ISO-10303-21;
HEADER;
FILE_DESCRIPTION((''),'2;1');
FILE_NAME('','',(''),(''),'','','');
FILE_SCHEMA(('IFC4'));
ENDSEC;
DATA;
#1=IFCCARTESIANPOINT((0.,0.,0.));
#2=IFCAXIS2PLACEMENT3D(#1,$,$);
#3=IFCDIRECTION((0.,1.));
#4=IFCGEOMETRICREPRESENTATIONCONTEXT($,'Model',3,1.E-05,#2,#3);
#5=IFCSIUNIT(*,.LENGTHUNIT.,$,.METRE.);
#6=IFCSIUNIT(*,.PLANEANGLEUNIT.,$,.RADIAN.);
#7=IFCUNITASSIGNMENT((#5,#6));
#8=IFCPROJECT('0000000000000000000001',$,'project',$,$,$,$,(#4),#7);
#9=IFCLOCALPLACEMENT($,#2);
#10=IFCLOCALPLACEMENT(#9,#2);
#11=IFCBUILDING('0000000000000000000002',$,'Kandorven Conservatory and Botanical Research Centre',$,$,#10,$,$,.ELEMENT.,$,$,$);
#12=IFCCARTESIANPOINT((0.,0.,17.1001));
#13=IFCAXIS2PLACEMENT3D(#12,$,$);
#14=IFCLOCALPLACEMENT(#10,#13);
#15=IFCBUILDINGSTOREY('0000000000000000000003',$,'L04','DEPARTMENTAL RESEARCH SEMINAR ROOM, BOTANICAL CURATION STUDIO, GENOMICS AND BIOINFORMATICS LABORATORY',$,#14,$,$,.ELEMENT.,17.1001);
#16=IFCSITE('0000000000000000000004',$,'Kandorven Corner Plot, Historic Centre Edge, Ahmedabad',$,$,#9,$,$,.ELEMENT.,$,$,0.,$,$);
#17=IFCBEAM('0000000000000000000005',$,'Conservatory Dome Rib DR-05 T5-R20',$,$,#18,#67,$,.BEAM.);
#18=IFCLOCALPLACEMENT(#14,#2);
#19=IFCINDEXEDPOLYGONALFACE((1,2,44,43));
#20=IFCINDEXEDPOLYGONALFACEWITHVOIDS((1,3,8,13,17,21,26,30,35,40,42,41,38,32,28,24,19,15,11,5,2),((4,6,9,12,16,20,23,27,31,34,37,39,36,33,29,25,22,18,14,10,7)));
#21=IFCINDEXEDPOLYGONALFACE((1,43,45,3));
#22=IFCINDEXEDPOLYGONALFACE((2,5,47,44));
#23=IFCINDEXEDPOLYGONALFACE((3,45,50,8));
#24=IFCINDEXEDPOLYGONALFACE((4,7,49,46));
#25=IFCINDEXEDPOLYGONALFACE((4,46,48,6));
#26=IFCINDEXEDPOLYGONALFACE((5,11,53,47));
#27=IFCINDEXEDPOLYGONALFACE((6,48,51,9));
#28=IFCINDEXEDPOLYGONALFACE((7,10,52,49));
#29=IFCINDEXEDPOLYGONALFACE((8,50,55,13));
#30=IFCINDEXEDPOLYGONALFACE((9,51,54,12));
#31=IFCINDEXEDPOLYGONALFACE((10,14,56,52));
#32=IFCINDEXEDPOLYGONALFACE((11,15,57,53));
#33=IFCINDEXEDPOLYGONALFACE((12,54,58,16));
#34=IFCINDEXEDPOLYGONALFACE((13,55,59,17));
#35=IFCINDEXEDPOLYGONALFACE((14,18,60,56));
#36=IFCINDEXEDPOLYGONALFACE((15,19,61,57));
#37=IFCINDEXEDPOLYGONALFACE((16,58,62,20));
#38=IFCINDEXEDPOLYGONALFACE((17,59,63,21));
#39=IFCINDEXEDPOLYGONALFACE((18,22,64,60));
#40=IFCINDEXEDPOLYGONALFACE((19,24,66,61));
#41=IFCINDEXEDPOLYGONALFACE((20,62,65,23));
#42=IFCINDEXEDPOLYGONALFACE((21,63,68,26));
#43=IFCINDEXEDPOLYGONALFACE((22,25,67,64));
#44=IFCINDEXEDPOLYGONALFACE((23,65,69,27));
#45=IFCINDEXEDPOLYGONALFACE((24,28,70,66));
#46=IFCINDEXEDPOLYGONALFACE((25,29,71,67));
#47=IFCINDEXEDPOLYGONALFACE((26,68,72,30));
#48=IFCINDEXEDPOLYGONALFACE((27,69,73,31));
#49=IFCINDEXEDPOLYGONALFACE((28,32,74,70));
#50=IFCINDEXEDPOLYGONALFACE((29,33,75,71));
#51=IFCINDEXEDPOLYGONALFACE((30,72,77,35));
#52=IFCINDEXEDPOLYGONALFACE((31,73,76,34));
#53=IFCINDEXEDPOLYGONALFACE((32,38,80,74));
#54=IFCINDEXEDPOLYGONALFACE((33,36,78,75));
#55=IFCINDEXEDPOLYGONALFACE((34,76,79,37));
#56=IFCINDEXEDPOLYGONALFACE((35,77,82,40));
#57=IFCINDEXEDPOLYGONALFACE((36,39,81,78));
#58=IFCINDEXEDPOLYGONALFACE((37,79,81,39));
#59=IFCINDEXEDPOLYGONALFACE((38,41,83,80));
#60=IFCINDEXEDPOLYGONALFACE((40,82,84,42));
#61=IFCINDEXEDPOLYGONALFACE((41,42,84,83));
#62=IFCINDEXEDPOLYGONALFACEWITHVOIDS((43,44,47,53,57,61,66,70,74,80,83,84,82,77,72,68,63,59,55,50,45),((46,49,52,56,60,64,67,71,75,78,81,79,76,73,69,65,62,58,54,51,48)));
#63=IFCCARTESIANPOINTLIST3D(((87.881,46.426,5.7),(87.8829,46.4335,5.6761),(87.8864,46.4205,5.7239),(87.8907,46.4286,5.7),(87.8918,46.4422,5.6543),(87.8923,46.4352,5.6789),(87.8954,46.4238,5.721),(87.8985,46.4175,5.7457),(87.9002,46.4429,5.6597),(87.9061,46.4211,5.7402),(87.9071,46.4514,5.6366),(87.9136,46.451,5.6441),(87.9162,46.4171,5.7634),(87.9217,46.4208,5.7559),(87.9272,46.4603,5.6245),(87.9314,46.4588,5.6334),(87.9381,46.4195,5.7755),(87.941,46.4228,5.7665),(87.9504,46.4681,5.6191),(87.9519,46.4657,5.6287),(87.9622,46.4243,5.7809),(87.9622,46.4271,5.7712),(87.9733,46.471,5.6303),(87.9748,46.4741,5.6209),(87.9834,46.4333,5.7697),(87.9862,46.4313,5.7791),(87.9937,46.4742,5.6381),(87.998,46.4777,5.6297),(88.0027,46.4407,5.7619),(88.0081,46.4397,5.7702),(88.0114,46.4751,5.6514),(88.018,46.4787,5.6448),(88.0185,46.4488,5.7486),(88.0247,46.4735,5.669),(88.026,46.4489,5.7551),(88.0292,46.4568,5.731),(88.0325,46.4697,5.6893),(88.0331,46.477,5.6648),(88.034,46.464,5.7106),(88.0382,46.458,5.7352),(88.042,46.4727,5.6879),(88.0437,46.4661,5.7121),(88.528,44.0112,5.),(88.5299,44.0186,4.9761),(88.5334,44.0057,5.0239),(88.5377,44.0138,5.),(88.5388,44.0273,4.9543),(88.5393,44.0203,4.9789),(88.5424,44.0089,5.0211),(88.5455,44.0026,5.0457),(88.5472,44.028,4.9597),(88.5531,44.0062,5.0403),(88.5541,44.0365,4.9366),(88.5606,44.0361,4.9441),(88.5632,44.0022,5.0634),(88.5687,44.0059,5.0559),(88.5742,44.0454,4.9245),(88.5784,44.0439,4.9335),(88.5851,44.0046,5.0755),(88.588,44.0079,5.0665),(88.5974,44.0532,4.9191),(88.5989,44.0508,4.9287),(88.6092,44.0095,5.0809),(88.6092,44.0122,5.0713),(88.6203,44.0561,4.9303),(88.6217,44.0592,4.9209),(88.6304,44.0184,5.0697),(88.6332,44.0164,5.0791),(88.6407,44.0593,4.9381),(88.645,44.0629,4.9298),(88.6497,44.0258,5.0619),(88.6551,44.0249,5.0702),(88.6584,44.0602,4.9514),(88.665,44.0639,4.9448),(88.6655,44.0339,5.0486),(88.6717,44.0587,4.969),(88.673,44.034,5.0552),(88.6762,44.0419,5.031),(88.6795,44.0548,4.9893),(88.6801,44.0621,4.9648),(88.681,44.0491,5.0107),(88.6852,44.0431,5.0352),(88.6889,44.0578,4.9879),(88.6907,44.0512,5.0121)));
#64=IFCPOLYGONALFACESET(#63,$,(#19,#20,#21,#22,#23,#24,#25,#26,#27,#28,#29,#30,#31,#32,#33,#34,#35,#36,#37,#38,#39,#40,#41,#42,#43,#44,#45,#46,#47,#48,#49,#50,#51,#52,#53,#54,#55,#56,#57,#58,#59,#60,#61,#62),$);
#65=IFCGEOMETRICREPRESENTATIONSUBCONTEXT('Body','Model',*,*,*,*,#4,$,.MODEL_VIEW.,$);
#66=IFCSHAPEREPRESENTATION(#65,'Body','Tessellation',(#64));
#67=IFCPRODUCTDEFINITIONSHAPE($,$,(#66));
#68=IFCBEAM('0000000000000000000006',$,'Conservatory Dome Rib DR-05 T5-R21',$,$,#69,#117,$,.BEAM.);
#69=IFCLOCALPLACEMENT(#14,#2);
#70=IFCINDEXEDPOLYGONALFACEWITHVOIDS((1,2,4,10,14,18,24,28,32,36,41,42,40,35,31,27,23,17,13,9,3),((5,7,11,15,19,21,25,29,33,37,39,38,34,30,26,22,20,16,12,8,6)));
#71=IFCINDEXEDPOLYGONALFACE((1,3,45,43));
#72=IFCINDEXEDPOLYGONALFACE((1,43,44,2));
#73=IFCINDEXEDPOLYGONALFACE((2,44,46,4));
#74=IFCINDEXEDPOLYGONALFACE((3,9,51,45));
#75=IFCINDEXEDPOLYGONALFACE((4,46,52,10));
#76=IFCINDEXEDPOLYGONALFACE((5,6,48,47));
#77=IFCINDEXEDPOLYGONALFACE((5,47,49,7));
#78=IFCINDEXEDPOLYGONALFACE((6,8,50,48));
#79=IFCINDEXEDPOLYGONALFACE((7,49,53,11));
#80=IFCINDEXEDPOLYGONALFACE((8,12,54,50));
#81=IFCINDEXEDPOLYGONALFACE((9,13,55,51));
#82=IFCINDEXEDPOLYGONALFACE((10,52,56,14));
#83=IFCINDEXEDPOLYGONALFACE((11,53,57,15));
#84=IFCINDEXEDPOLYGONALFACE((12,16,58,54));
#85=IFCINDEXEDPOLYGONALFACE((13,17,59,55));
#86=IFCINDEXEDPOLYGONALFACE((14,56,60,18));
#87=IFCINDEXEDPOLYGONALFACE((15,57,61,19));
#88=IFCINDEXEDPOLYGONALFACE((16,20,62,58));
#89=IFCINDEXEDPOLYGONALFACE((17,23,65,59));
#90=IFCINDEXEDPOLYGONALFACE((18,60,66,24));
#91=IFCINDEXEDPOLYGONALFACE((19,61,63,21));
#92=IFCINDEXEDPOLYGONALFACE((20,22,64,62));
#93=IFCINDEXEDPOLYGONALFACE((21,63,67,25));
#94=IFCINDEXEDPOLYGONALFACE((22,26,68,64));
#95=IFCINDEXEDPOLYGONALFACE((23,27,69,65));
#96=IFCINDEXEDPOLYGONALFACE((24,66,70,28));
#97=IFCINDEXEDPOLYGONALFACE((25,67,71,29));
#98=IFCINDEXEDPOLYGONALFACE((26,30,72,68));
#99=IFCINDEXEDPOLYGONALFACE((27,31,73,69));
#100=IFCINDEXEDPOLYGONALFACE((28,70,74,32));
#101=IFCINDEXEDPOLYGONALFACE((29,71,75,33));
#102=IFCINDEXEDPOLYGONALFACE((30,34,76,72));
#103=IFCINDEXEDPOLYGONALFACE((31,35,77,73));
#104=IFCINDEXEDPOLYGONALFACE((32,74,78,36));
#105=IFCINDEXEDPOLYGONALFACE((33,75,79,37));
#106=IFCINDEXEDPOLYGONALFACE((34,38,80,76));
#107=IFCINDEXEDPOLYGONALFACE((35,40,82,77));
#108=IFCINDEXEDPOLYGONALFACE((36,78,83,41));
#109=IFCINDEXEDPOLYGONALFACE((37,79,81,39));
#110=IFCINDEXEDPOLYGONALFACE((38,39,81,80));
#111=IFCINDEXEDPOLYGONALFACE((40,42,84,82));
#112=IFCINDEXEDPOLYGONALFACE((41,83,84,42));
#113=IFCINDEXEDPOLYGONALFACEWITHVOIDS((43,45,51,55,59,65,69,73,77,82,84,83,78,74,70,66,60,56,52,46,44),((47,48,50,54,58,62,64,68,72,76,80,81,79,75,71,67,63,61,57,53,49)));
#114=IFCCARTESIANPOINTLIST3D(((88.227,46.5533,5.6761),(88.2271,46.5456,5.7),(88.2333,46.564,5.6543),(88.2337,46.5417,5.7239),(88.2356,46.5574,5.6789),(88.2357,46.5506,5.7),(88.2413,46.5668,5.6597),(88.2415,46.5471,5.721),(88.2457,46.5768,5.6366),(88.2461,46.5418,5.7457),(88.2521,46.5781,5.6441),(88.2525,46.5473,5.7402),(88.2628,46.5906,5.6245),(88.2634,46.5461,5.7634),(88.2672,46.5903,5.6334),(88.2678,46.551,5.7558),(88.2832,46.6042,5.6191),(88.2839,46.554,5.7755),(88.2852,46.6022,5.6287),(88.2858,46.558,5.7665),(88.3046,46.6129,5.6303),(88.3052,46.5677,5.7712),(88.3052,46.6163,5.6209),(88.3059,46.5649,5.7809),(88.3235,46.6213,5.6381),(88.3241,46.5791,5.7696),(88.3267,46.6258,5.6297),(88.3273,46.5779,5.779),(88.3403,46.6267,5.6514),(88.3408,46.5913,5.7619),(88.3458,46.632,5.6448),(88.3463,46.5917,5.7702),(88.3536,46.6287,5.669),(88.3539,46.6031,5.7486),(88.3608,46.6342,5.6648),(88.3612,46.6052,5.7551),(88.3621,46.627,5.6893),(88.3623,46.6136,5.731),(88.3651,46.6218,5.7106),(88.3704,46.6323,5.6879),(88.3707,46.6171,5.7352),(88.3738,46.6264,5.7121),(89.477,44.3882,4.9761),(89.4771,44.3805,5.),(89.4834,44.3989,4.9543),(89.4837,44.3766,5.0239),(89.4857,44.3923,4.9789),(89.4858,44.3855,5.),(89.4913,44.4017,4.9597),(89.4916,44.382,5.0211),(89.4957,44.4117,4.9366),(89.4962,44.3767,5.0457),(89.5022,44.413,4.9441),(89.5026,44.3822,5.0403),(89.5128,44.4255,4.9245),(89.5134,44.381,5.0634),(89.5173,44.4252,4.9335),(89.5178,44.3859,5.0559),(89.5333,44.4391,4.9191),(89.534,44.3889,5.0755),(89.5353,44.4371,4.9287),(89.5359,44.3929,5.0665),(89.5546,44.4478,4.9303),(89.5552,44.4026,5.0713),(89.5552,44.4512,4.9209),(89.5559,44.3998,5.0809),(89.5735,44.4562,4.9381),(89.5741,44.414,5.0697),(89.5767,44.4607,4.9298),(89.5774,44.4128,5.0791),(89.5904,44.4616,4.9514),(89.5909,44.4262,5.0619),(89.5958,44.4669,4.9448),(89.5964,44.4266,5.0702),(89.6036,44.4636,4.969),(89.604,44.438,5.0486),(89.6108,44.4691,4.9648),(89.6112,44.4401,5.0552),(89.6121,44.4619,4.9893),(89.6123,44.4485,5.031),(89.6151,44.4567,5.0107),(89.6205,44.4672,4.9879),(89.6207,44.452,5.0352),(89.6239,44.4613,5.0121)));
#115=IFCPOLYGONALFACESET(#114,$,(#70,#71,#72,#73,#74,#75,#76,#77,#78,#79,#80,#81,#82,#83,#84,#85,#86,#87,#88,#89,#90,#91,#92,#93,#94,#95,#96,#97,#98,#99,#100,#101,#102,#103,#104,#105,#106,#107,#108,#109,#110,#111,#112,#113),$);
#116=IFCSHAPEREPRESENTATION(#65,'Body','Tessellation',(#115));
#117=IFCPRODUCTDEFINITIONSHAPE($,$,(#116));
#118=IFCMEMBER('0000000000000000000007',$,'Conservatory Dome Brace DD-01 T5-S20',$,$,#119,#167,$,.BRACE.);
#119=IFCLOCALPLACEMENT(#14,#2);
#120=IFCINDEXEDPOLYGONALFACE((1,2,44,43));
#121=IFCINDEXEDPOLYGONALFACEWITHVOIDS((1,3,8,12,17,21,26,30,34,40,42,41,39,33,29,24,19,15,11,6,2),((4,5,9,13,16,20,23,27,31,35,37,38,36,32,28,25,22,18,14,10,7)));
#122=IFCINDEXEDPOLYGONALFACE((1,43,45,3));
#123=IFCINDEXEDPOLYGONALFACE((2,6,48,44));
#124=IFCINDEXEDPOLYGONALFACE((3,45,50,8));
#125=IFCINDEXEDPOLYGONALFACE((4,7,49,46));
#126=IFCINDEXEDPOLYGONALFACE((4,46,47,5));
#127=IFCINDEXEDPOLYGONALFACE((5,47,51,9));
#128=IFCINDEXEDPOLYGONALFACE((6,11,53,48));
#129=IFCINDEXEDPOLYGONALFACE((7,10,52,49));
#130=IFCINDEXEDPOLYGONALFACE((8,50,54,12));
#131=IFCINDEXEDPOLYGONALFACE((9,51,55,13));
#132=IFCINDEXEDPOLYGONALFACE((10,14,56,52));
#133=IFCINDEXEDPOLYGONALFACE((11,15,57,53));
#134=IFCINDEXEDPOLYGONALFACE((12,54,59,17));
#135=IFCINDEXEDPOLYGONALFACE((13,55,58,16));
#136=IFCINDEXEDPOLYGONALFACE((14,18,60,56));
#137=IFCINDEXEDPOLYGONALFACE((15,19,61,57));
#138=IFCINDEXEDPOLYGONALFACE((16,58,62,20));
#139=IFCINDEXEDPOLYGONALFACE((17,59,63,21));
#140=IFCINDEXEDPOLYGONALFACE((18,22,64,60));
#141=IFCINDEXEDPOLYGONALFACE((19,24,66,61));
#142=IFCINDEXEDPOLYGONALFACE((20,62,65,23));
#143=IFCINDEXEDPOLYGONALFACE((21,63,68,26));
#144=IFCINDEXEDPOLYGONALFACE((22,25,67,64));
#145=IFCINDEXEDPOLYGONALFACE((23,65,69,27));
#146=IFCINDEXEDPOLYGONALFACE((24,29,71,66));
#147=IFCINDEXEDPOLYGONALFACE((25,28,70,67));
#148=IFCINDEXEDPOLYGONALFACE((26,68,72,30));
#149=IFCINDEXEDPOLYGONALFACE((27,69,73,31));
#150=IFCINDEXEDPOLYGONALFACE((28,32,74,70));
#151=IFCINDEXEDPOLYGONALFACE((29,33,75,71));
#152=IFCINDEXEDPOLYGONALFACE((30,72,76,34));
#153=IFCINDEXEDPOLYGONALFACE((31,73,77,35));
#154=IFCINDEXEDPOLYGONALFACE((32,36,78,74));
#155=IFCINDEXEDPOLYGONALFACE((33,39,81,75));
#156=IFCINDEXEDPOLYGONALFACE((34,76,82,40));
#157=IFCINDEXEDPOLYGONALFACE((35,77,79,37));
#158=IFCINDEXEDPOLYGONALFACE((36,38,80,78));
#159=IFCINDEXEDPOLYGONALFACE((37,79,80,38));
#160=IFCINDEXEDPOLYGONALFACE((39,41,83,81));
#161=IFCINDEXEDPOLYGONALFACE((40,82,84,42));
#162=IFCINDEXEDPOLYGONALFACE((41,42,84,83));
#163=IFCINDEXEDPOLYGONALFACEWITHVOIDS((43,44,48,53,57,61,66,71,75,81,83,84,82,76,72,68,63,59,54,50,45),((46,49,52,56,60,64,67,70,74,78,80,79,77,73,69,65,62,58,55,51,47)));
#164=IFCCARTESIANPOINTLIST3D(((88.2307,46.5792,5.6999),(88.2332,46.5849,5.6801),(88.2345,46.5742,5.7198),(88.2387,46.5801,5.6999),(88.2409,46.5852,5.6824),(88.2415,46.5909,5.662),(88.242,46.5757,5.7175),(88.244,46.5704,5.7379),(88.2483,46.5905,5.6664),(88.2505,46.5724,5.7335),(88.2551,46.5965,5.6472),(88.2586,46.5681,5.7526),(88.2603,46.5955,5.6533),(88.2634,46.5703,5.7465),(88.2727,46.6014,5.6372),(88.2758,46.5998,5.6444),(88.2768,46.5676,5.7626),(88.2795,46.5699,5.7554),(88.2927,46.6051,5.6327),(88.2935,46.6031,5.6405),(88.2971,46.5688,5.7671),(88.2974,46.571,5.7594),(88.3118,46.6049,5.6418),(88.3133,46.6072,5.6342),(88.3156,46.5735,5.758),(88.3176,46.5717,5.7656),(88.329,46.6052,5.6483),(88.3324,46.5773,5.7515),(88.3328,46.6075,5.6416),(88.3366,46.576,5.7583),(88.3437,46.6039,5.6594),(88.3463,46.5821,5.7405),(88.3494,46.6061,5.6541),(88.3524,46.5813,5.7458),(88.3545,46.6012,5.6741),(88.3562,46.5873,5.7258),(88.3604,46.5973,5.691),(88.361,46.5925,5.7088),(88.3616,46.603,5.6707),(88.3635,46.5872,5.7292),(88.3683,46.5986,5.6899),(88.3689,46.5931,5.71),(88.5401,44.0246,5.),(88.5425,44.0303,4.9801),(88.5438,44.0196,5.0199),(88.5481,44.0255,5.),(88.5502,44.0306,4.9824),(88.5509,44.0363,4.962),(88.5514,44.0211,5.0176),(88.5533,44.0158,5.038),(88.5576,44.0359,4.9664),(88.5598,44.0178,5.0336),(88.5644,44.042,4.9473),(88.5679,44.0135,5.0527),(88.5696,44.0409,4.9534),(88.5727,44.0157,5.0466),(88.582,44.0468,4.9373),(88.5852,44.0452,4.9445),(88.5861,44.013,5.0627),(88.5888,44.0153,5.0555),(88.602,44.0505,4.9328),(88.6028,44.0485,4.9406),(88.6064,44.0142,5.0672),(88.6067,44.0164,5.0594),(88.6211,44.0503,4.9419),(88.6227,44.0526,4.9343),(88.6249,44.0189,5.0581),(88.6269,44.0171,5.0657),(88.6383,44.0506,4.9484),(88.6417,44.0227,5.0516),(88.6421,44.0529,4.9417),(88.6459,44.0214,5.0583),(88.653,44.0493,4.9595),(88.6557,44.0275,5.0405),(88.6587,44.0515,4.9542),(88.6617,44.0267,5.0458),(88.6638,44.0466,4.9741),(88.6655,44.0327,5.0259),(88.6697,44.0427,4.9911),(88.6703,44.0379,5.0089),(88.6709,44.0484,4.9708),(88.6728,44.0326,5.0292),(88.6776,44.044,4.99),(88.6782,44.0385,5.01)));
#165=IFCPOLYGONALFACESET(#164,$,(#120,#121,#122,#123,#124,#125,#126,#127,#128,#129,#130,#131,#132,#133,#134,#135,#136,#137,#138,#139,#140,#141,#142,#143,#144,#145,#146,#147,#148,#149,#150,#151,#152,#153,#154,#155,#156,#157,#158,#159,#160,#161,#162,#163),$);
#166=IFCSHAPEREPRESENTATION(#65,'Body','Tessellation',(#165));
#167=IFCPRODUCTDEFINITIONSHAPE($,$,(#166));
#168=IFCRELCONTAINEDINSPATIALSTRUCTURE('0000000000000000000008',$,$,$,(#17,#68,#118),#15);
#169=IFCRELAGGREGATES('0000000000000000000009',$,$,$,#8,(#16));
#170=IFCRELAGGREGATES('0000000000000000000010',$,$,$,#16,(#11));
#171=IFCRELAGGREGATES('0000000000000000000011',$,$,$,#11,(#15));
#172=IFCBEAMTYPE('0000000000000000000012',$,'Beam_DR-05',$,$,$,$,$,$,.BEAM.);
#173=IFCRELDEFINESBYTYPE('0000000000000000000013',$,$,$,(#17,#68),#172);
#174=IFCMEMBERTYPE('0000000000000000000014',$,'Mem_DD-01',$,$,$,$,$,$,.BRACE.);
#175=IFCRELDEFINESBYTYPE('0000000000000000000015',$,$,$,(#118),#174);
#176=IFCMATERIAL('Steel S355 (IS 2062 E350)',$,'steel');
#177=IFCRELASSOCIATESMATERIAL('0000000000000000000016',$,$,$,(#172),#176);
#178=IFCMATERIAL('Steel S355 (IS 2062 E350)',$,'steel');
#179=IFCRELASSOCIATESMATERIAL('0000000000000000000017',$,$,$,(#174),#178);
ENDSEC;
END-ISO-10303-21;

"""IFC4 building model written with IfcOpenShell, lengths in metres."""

from ifc_helpers import new_model, si_unit, direction, frame, origin, origin_2d, place, context, subcontext, project, spatial, hollow_circle, extrude, material, material_profile, profile_set, type_object, element, save


model = new_model("IFC4")

# Units and contexts
model_context = context("Model", 3, precision=1e-05, world=origin(), true_north=direction((0.0, 1.0)))
body_context = subcontext(model_context, "Body", "Model", "MODEL_VIEW")
ifc_project = project(units=[si_unit("LENGTHUNIT", "METRE"), si_unit("PLANEANGLEUNIT", "RADIAN")], contexts=[model_context])

# Site, building, storey
site_placement = place(None, origin())
site = spatial("IfcSite", under=ifc_project, at=site_placement, Name="Kandorven Corner Plot, Historic Centre Edge, Ahmedabad", CompositionType="ELEMENT", RefElevation=0.0)
building_placement = place(site_placement, origin())
building = spatial("IfcBuilding", under=site, at=building_placement, Name="Kandorven Conservatory and Botanical Research Centre", CompositionType="ELEMENT")
storey_placement = place(building_placement, frame((0.0, 0.0, 17.1001)))
storey = spatial("IfcBuildingStorey", under=building, at=storey_placement, Name="L04", Description="DEPARTMENTAL RESEARCH SEMINAR ROOM, BOTANICAL CURATION STUDIO, GENOMICS AND BIOINFORMATICS LABORATORY", CompositionType="ELEMENT", Elevation=17.1001)

# Beams
ifc_material_1 = material(Name="Steel S355 (IS 2062 E350)", Category="steel")
ifc_material_profile_1 = material_profile(ifc_material_1, hollow_circle(Radius=0.0842, WallThickness=0.01, at=origin_2d()))
ifc_profile_set_1 = profile_set([ifc_material_profile_1], Name="Steel S355 (IS 2062 E350)")
beam_type = type_object("IfcBeamType", Name="Beam_DR-05", PredefinedType="BEAM", material=ifc_profile_set_1)
for number, where, z_axis, x_axis, name in (
    (1, (88.6094, 44.033, 5.0), (-0.249209, 0.930162, 0.269616), (-0.965933, -0.258793, 0.0), "Conservatory Dome Rib DR-05 T5-R20"),
    (2, (89.55, 44.4226, 5.0), (-0.481488, 0.833953, 0.269615), (-0.866023, -0.500004, 0.0), "Conservatory Dome Rib DR-05 T5-R21"),
):
    element("IfcBeam", number, at=place(storey_placement, frame(where, z_axis=z_axis, x_axis=x_axis)), inside=storey, type_object=beam_type, Name=name, PredefinedType="BEAM", context=body_context, shape_type="SweptSolid", body=[
        extrude(hollow_circle(Radius=0.0842, WallThickness=0.01, at=origin_2d()), origin(), (0.0, 0.0, 1.0), 2.5962),
    ])

# Member
ifc_material_2 = material(Name="Steel S355 (IS 2062 E350)", Category="steel")
ifc_material_profile_2 = material_profile(ifc_material_2, hollow_circle(Radius=0.0698, WallThickness=0.0081, at=origin_2d()))
ifc_profile_set_2 = profile_set([ifc_material_profile_2], Name="Steel S355 (IS 2062 E350)")
member_type_1 = type_object("IfcMemberType", Name="Mem_DD-01", PredefinedType="BRACE", material=ifc_profile_set_2)
for number, where, z_axis, x_axis, name in (
    (3, (88.6094, 44.033, 5.0), (-0.11599, 0.957945, 0.262465), (-0.992749, -0.120204, 0.0), "Conservatory Dome Brace DD-01 T5-S20"),
):
    element("IfcMember", number, at=place(storey_placement, frame(where, z_axis=z_axis, x_axis=x_axis)), inside=storey, type_object=member_type_1, Name=name, PredefinedType="BRACE", context=body_context, shape_type="SweptSolid", body=[
        extrude(hollow_circle(Radius=0.0698, WallThickness=0.0081, at=origin_2d()), origin(), (0.0, 0.0, 1.0), 2.6667),
    ])

save(model, "model.ifc")
